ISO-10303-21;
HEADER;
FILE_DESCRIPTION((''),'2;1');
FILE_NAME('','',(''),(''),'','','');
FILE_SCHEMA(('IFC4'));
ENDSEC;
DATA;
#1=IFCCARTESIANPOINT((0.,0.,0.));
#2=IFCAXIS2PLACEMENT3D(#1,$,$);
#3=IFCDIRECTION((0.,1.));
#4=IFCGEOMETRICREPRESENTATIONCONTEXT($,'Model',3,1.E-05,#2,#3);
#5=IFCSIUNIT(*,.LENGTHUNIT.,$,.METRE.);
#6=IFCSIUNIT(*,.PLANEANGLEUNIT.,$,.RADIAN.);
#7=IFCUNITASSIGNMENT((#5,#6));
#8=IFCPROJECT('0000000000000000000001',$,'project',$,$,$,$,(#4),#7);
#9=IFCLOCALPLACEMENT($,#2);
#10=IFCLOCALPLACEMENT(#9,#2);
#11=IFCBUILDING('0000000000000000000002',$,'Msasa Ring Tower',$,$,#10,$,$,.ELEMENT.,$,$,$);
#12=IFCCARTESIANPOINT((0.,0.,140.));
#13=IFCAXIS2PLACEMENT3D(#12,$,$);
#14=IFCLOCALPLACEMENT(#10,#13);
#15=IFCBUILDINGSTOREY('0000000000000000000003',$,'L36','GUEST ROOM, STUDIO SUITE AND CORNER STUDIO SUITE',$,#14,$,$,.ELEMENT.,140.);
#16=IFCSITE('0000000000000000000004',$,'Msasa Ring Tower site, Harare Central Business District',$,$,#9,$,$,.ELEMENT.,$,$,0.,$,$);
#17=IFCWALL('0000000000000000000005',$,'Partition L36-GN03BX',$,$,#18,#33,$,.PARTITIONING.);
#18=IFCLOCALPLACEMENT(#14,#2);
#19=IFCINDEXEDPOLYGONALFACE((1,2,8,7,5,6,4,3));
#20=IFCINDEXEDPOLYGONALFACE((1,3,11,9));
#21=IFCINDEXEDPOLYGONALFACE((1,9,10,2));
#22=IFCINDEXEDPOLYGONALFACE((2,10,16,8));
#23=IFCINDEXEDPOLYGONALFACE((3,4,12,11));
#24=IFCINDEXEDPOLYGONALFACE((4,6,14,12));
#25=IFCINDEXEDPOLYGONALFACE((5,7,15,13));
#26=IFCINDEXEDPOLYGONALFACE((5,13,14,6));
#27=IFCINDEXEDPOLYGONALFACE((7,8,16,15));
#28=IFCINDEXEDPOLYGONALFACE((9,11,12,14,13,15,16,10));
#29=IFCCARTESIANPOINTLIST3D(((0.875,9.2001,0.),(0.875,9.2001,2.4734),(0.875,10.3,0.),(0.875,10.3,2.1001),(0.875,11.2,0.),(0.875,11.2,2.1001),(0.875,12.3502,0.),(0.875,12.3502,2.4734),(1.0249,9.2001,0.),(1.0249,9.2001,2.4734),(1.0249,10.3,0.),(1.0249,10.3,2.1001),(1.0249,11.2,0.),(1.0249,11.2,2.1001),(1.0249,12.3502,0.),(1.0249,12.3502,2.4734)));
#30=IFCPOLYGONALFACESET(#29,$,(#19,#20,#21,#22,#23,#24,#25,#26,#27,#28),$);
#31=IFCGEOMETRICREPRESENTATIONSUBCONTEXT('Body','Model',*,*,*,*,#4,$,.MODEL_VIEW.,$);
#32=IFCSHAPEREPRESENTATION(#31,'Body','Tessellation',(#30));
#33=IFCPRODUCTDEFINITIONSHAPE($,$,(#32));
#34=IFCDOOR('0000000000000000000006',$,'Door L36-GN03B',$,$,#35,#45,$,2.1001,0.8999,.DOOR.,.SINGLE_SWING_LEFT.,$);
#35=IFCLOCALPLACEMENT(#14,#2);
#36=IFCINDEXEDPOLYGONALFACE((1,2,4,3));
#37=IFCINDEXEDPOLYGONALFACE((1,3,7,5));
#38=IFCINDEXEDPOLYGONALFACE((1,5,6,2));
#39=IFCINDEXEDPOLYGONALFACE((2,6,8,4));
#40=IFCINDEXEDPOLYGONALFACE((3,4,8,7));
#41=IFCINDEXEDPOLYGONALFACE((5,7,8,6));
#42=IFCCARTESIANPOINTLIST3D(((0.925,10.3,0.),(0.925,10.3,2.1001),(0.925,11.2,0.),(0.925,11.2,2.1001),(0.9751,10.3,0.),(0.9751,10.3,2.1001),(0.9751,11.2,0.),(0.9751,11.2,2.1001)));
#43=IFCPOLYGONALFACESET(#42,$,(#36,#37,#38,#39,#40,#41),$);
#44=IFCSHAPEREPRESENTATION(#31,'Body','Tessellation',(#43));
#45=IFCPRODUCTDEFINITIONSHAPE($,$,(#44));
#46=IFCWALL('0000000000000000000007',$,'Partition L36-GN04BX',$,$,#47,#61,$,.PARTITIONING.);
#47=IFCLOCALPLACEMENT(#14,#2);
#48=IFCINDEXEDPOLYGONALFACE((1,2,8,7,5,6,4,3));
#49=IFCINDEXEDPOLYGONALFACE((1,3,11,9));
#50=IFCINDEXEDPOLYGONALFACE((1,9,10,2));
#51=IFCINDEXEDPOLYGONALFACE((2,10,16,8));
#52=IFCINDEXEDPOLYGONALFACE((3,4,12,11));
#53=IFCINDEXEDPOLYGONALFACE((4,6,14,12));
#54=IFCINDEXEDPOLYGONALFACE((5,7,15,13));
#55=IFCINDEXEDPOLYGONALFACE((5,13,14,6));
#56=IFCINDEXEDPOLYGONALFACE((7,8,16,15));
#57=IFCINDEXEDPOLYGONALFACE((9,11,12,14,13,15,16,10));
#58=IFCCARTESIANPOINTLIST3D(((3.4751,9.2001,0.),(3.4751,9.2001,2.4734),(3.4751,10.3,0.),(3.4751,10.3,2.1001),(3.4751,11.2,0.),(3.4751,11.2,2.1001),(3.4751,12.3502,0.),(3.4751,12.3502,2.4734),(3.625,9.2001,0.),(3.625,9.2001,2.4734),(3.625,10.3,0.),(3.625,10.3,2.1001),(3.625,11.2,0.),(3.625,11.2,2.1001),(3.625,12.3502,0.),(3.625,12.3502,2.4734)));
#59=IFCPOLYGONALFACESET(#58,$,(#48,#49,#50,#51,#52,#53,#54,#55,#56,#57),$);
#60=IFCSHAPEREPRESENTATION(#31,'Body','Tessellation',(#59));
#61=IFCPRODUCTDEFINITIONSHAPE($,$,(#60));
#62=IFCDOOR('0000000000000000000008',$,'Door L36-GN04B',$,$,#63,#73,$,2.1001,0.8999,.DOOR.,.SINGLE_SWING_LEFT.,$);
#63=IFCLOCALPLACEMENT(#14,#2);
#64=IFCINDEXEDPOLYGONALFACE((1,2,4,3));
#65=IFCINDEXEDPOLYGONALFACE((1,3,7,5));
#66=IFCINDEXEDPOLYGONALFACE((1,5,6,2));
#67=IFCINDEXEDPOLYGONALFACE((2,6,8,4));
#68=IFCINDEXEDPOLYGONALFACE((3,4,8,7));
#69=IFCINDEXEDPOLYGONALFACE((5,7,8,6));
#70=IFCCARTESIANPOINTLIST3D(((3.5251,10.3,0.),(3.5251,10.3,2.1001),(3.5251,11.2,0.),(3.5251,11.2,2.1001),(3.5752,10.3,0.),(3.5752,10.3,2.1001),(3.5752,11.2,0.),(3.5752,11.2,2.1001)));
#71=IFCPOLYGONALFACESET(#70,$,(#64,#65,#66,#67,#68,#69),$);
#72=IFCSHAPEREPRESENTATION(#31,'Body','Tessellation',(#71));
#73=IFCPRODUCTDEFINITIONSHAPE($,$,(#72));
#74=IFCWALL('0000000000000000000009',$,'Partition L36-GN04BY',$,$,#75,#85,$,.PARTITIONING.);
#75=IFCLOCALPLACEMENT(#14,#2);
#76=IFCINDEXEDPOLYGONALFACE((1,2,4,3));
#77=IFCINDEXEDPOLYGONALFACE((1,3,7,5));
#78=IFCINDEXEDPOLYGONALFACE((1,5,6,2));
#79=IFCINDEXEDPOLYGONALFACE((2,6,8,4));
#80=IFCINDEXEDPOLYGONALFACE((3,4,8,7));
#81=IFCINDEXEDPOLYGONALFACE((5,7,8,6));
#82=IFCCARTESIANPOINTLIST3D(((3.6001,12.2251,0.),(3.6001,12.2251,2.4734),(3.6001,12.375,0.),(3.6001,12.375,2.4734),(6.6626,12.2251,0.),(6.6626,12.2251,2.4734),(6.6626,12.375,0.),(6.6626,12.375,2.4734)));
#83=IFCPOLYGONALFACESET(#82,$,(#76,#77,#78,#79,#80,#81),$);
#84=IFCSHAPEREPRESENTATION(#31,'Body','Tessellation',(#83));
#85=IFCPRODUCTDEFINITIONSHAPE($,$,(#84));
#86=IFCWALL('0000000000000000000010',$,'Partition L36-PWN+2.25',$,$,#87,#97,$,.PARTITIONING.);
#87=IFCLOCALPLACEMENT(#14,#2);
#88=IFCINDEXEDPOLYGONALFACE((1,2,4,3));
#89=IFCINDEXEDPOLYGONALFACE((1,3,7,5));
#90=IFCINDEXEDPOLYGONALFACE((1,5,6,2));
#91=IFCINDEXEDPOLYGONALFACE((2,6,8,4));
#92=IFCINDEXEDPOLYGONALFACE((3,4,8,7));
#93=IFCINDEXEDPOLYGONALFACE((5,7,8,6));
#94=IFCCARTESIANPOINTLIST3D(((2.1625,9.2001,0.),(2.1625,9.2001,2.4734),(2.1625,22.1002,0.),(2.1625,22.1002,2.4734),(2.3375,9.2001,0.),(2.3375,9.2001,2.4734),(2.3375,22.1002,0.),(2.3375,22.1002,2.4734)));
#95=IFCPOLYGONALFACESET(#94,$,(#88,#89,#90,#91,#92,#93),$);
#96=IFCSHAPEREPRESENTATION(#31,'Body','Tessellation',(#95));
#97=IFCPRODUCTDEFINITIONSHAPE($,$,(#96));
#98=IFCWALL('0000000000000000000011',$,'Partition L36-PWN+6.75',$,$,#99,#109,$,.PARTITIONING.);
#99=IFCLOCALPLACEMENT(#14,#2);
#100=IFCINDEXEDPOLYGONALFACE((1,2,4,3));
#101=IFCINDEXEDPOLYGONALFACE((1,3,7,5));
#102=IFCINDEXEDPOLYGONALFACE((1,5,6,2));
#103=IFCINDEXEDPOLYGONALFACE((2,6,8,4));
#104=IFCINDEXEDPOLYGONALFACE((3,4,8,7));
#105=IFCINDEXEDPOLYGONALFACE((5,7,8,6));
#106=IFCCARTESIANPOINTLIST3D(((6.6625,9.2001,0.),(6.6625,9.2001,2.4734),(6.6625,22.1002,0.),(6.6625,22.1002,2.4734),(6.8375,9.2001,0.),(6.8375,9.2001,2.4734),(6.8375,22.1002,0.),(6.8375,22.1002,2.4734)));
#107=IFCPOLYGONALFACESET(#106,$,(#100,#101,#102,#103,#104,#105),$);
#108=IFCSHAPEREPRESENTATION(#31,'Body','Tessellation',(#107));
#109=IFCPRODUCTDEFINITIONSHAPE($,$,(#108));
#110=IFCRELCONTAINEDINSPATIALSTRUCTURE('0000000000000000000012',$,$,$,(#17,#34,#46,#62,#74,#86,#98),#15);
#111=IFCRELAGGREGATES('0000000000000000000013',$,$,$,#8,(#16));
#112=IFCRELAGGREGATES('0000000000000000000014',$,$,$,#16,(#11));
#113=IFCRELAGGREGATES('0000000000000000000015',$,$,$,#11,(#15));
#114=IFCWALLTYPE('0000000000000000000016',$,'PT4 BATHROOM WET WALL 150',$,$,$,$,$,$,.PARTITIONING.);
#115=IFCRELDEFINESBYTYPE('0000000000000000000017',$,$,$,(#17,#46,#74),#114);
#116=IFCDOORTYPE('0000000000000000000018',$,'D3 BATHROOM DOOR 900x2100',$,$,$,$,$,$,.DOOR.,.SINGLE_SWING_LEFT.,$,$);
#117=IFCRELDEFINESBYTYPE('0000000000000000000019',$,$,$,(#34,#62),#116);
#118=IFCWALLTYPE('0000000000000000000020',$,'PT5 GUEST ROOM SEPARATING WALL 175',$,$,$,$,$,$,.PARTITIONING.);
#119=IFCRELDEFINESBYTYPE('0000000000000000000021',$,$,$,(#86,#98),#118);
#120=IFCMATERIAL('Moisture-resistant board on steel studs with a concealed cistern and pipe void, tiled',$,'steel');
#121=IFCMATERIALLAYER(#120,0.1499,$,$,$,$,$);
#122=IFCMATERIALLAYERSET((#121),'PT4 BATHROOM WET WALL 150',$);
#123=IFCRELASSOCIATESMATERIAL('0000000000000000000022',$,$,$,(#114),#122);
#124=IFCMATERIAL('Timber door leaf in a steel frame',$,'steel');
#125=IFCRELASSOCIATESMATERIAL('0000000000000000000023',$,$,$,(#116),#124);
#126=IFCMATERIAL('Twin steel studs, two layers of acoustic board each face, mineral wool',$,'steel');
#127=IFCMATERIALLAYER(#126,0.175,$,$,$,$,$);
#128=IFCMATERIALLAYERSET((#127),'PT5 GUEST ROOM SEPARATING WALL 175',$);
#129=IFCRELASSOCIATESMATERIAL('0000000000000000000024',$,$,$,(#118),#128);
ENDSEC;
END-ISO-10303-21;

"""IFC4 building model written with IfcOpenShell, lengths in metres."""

from ifc_helpers import new_model, si_unit, direction, frame, frame_2d, origin, place, context, subcontext, project, spatial, rectangle, extrude, material, layer, layer_set, type_object, element, fill, save


model = new_model("IFC4")

# Units and contexts
model_context = context("Model", 3, precision=1e-05, world=origin(), true_north=direction((0.0, 1.0)))
body_context = subcontext(model_context, "Body", "Model", "MODEL_VIEW")
ifc_project = project(units=[si_unit("LENGTHUNIT", "METRE"), si_unit("PLANEANGLEUNIT", "RADIAN")], contexts=[model_context])

# Site, building, storey
site_placement = place(None, origin())
site = spatial("IfcSite", under=ifc_project, at=site_placement, Name="Msasa Ring Tower site, Harare Central Business District", CompositionType="ELEMENT", RefElevation=0.0)
building_placement = place(site_placement, origin())
building = spatial("IfcBuilding", under=site, at=building_placement, Name="Msasa Ring Tower", CompositionType="ELEMENT")
storey_placement = place(building_placement, frame((0.0, 0.0, 140.0)))
storey = spatial("IfcBuildingStorey", under=building, at=storey_placement, Name="L36", Description="GUEST ROOM, STUDIO SUITE AND CORNER STUDIO SUITE", CompositionType="ELEMENT", Elevation=140.0)

# Walls, openings, doors
ifc_material_1 = material(Name="Moisture-resistant board on steel studs with a concealed cistern and pipe void, tiled", Category="steel")
ifc_layer_1 = layer(ifc_material_1, 0.1499)
ifc_layer_set_1 = layer_set([ifc_layer_1], Name="PT4 BATHROOM WET WALL 150")
wall_type_1 = type_object("IfcWallType", Name="PT4 BATHROOM WET WALL 150", PredefinedType="PARTITIONING", material=ifc_layer_set_1)
wall_1_placement = place(storey_placement, frame((0.95, 9.2, 0.0), z_axis=(0.0, 0.0, 1.0), x_axis=(0.0, 1.0, 0.0)))
wall_1 = element("IfcWall", 1, at=wall_1_placement, inside=storey, type_object=wall_type_1, Name="Partition L36-GN03BX", PredefinedType="PARTITIONING", context=body_context, shape_type="SweptSolid", body=[
    extrude(rectangle(XDim=3.1501, YDim=0.1499, at=frame_2d((1.5752, 0.0))), origin(), (0.0, 0.0, 1.0), 2.4734),
])
opening_1_placement = place(wall_1_placement, frame((1.1001, 0.0, 0.0)))
opening_1 = element("IfcOpeningElement", 2, at=opening_1_placement, cuts=wall_1, PredefinedType="OPENING", context=body_context, shape_type="SweptSolid", body=[
    extrude(rectangle(XDim=0.8999, YDim=2.1001, at=frame_2d((0.45, 1.05))), frame((0.0, 0.085, 0.0), z_axis=(0.0, -1.0, 0.0), x_axis=(1.0, 0.0, 0.0)), (0.0, 0.0, 1.0), 0.1699),
])
ifc_material_2 = material(Name="Timber door leaf in a steel frame", Category="steel")
door_type_1 = type_object("IfcDoorType", Name="D3 BATHROOM DOOR 900x2100", OperationType="SINGLE_SWING_LEFT", PredefinedType="DOOR", material=ifc_material_2)
door_1_placement = place(opening_1_placement, origin())
door_1 = element("IfcDoor", 3, at=door_1_placement, inside=storey, type_object=door_type_1, Name="Door L36-GN03B", OperationType="SINGLE_SWING_LEFT", OverallHeight=2.1001, OverallWidth=0.8999, PredefinedType="DOOR", context=body_context, shape_type="SweptSolid", body=[
    extrude(rectangle(XDim=0.8999, YDim=2.1001, at=frame_2d((0.45, 1.05))), frame((0.0, 0.0249, 0.0), z_axis=(0.0, -1.0, 0.0), x_axis=(1.0, 0.0, 0.0)), (0.0, 0.0, 1.0), 0.05),
])
fill(opening_1, door_1)
wall_2_placement = place(storey_placement, frame((3.55, 9.2, 0.0), z_axis=(0.0, 0.0, 1.0), x_axis=(0.0, 1.0, 0.0)))
wall_2 = element("IfcWall", 4, at=wall_2_placement, inside=storey, type_object=wall_type_1, Name="Partition L36-GN04BX", PredefinedType="PARTITIONING", context=body_context, shape_type="SweptSolid", body=[
    extrude(rectangle(XDim=3.1501, YDim=0.1499, at=frame_2d((1.5752, 0.0))), origin(), (0.0, 0.0, 1.0), 2.4734),
])
opening_2_placement = place(wall_2_placement, frame((1.1001, 0.0, 0.0)))
opening_2 = element("IfcOpeningElement", 5, at=opening_2_placement, cuts=wall_2, PredefinedType="OPENING", context=body_context, shape_type="SweptSolid", body=[
    extrude(rectangle(XDim=0.8999, YDim=2.1001, at=frame_2d((0.45, 1.05))), frame((0.0, 0.085, 0.0), z_axis=(0.0, -1.0, 0.0), x_axis=(1.0, 0.0, 0.0)), (0.0, 0.0, 1.0), 0.1699),
])
door_2_placement = place(opening_2_placement, origin())
door_2 = element("IfcDoor", 6, at=door_2_placement, inside=storey, type_object=door_type_1, Name="Door L36-GN04B", OperationType="SINGLE_SWING_LEFT", OverallHeight=2.1001, OverallWidth=0.8999, PredefinedType="DOOR", context=body_context, shape_type="SweptSolid", body=[
    extrude(rectangle(XDim=0.8999, YDim=2.1001, at=frame_2d((0.45, 1.05))), frame((0.0, 0.0249, 0.0), z_axis=(0.0, -1.0, 0.0), x_axis=(1.0, 0.0, 0.0)), (0.0, 0.0, 1.0), 0.05),
])
fill(opening_2, door_2)

# Walls
wall_3_placement = place(storey_placement, frame((3.6001, 12.3, 0.0), z_axis=(0.0, 0.0, 1.0), x_axis=(1.0, 0.0, 0.0)))
element("IfcWall", 7, at=wall_3_placement, inside=storey, type_object=wall_type_1, Name="Partition L36-GN04BY", PredefinedType="PARTITIONING", context=body_context, shape_type="SweptSolid", body=[
    extrude(rectangle(XDim=3.0625, YDim=0.1499, at=frame_2d((1.5312, 0.0))), origin(), (0.0, 0.0, 1.0), 2.4734),
])
ifc_material_3 = material(Name="Twin steel studs, two layers of acoustic board each face, mineral wool", Category="steel")
ifc_layer_2 = layer(ifc_material_3, 0.175)
ifc_layer_set_2 = layer_set([ifc_layer_2], Name="PT5 GUEST ROOM SEPARATING WALL 175")
wall_type_2 = type_object("IfcWallType", Name="PT5 GUEST ROOM SEPARATING WALL 175", PredefinedType="PARTITIONING", material=ifc_layer_set_2)
for number, where, z_axis, x_axis, name in (
    (8, (2.25, 9.2, 0.0), (0.0, 0.0, 1.0), (0.0, 1.0, 0.0), "Partition L36-PWN+2.25"),
    (9, (6.75, 9.2, 0.0), (0.0, 0.0, 1.0), (0.0, 1.0, 0.0), "Partition L36-PWN+6.75"),
):
    element("IfcWall", number, at=place(storey_placement, frame(where, z_axis=z_axis, x_axis=x_axis)), inside=storey, type_object=wall_type_2, Name=name, PredefinedType="PARTITIONING", context=body_context, shape_type="SweptSolid", body=[
        extrude(rectangle(XDim=12.9001, YDim=0.175, at=frame_2d((6.4502, 0.0))), origin(), (0.0, 0.0, 1.0), 2.4734),
    ])

save(model, "model.ifc")
